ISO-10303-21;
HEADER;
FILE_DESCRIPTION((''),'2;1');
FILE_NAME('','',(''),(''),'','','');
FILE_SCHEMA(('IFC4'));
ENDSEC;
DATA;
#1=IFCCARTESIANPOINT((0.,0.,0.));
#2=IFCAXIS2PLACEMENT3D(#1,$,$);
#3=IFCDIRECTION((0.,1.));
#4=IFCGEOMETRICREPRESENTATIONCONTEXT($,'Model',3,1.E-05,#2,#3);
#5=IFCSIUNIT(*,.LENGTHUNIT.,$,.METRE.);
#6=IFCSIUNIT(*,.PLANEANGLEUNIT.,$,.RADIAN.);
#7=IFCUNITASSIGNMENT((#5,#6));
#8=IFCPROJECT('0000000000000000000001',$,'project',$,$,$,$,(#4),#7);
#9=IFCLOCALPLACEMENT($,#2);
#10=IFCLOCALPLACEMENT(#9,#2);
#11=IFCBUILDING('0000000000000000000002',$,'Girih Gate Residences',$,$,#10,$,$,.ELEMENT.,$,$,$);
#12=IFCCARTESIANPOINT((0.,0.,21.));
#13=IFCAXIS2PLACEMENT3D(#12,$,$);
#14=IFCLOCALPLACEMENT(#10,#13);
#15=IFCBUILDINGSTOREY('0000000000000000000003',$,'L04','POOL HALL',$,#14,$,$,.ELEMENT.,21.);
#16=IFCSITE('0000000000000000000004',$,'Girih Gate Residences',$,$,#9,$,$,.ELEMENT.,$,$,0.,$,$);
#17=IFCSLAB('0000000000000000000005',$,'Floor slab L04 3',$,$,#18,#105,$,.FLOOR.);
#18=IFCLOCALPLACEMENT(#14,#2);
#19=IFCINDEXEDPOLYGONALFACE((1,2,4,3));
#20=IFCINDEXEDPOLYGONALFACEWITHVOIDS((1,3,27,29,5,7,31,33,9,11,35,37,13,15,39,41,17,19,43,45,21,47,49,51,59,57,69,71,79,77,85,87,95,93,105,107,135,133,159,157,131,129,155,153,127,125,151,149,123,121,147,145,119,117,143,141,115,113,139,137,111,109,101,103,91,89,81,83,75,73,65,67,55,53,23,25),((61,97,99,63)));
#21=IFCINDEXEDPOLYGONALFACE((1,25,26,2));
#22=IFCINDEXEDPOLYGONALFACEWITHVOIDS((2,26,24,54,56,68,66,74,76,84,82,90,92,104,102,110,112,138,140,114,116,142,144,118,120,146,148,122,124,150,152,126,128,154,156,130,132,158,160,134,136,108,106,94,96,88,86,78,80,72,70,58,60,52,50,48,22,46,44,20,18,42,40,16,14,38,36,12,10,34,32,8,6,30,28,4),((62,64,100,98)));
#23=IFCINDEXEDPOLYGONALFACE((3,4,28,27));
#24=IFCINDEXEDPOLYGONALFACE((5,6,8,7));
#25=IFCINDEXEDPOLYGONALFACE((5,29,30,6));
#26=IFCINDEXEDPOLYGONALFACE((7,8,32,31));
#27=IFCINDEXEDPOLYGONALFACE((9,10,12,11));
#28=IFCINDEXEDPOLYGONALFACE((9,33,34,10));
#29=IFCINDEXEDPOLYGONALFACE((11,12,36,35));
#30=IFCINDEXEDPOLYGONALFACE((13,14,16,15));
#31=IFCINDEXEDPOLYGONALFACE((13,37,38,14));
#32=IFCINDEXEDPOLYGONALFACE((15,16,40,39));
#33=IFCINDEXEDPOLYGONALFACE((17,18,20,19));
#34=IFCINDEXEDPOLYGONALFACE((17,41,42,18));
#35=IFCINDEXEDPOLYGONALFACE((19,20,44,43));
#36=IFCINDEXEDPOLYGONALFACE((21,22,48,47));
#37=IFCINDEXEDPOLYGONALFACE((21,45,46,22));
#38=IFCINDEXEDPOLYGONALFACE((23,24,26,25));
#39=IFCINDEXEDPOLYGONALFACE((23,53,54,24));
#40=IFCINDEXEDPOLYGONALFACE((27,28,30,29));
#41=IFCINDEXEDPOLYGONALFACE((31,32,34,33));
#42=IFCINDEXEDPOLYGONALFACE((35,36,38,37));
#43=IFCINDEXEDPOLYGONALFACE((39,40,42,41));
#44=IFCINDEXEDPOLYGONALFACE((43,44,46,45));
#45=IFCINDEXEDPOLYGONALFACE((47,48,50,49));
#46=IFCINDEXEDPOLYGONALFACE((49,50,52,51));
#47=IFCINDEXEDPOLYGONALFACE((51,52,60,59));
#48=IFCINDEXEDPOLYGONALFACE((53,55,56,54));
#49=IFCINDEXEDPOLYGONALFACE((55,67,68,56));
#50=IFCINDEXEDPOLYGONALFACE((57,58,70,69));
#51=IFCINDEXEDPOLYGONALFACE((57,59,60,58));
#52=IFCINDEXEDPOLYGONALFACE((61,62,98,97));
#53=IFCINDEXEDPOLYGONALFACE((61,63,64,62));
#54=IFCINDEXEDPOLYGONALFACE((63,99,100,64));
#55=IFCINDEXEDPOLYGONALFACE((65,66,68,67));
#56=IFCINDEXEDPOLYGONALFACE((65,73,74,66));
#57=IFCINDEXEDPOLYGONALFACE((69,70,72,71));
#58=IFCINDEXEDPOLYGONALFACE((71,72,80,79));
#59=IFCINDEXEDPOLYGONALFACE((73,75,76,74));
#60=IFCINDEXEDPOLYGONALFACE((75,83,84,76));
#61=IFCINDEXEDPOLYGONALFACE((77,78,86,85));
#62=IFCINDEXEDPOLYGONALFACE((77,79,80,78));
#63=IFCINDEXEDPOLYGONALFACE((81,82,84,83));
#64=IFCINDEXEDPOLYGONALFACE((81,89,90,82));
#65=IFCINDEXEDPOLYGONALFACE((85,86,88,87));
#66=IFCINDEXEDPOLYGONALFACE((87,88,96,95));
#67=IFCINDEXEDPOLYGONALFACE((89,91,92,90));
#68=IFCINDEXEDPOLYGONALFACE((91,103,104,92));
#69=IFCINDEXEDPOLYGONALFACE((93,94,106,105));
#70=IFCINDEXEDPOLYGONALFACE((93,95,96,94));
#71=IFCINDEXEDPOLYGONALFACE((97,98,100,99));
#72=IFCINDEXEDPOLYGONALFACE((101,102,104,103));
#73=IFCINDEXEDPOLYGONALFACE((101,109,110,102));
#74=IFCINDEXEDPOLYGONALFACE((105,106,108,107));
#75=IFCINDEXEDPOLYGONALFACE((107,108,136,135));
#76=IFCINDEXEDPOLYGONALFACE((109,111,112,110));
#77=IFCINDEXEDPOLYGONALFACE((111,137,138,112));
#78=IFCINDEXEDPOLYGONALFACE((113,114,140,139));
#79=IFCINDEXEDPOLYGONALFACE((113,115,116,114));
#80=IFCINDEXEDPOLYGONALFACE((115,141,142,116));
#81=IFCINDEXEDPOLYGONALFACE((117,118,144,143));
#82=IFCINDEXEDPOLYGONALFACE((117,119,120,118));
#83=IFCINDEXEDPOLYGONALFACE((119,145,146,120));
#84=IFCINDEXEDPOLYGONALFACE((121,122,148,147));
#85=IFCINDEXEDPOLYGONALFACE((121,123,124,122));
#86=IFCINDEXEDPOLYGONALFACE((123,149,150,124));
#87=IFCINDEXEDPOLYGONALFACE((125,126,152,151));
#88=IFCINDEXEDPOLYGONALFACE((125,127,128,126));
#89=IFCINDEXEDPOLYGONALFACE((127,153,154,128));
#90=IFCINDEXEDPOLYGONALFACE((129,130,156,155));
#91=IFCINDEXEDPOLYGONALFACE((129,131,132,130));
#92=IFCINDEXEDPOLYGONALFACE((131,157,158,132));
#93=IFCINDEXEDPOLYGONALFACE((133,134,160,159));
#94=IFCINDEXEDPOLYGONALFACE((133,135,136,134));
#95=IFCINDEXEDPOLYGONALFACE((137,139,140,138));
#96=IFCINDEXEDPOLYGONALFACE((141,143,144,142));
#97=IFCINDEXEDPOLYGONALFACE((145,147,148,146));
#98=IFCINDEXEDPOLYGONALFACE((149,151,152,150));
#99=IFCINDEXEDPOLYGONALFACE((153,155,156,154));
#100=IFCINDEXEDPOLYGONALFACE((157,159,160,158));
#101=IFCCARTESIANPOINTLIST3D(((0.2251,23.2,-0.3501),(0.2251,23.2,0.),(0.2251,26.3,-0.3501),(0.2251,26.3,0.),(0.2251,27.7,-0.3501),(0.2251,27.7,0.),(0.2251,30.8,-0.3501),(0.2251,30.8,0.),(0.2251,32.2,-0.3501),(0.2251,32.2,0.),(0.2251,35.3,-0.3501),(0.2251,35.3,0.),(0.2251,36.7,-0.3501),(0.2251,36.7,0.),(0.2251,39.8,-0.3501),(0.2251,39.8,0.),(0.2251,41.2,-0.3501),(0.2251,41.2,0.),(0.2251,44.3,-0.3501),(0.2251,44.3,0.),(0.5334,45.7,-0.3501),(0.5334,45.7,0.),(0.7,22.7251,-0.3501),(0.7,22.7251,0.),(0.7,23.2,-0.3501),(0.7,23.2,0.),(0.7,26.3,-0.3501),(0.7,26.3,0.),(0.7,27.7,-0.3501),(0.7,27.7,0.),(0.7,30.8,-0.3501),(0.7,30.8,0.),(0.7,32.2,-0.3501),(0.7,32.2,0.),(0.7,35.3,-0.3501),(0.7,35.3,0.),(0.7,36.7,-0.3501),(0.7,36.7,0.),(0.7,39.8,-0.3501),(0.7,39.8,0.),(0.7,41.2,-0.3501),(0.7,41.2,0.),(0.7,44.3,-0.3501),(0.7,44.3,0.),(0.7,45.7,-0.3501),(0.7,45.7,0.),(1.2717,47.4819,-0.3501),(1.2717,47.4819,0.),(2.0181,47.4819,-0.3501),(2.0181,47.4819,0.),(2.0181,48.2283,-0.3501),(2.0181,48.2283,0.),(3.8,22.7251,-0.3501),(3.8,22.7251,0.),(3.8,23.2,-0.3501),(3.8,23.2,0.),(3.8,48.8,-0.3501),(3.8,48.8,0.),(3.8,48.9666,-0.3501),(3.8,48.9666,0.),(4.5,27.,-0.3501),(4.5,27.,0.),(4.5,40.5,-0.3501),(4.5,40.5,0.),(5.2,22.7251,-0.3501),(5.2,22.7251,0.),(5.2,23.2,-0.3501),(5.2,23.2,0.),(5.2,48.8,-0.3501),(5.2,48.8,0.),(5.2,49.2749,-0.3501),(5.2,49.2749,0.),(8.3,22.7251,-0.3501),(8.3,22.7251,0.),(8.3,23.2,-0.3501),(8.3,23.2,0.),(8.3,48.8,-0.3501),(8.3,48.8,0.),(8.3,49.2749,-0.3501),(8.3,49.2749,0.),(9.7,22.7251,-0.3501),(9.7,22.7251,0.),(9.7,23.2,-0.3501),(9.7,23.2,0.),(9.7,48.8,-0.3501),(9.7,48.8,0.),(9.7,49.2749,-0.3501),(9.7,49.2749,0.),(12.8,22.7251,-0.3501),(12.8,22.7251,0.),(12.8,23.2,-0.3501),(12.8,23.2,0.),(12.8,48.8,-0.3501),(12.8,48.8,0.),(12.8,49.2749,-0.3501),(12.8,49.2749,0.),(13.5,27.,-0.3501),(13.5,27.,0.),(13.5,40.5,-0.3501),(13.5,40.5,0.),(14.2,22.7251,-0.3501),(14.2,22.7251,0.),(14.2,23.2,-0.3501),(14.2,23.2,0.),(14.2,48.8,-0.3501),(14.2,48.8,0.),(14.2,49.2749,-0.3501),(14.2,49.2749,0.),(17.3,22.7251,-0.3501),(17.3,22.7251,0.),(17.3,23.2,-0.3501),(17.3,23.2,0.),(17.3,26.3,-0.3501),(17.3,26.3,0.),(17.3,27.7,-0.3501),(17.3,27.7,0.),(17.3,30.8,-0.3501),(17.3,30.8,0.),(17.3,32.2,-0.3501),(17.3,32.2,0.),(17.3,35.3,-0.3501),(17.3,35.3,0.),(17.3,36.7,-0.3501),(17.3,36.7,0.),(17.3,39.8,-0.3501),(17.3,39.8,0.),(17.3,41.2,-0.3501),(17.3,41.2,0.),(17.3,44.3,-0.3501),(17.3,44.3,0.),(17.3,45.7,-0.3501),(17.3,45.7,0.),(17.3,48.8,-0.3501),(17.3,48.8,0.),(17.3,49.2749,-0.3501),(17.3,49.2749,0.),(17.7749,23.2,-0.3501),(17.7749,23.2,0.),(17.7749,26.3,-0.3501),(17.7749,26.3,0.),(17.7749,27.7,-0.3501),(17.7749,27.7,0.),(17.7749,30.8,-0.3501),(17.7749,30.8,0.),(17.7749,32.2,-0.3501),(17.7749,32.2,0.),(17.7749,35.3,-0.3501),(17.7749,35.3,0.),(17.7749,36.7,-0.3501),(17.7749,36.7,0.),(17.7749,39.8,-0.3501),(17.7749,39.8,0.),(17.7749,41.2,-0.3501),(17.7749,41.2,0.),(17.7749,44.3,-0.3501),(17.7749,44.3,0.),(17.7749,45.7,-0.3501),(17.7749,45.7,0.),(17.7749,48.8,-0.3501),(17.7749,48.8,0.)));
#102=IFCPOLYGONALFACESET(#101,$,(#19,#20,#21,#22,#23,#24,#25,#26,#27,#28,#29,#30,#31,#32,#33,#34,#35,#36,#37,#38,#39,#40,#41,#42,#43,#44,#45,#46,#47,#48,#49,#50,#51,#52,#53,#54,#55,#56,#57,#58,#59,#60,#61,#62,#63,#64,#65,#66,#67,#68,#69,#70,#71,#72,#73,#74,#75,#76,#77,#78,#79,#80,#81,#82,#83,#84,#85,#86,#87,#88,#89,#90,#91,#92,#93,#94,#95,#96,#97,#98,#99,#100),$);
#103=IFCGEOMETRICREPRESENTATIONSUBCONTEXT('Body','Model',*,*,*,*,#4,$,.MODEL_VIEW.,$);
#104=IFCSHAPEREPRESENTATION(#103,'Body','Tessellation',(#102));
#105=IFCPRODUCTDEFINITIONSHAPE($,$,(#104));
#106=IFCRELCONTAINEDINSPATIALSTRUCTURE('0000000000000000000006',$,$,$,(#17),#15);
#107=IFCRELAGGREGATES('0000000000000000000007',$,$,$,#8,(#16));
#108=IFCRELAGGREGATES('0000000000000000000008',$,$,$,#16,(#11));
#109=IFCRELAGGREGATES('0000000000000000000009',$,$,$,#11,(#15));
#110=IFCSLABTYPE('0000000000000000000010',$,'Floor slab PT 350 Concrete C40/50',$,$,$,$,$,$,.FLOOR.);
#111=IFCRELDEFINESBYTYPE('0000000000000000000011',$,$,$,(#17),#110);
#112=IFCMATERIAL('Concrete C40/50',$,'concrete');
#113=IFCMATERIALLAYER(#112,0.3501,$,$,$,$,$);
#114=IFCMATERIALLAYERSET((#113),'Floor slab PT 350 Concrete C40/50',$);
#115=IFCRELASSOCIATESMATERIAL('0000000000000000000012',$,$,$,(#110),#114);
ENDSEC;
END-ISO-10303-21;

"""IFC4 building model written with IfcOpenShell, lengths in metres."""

from ifc_helpers import new_model, si_unit, direction, frame, origin, place, context, subcontext, project, spatial, polyline, outline, extrude, material, layer, layer_set, type_object, element, save


model = new_model("IFC4")

# Units and contexts
model_context = context("Model", 3, precision=1e-05, world=origin(), true_north=direction((0.0, 1.0)))
body_context = subcontext(model_context, "Body", "Model", "MODEL_VIEW")
ifc_project = project(units=[si_unit("LENGTHUNIT", "METRE"), si_unit("PLANEANGLEUNIT", "RADIAN")], contexts=[model_context])

# Site, building, storey
site_placement = place(None, origin())
site = spatial("IfcSite", under=ifc_project, at=site_placement, Name="Girih Gate Residences", CompositionType="ELEMENT", RefElevation=0.0)
building_placement = place(site_placement, origin())
building = spatial("IfcBuilding", under=site, at=building_placement, Name="Girih Gate Residences", CompositionType="ELEMENT")
storey_placement = place(building_placement, frame((0.0, 0.0, 21.0)))
storey = spatial("IfcBuildingStorey", under=building, at=storey_placement, Name="L04", Description="POOL HALL", CompositionType="ELEMENT", Elevation=21.0)

# Slab
ifc_material = material(Name="Concrete C40/50", Category="concrete")
ifc_layer_1 = layer(ifc_material, 0.3501)
ifc_layer_set_1 = layer_set([ifc_layer_1], Name="Floor slab PT 350 Concrete C40/50")
slab_type_1 = type_object("IfcSlabType", Name="Floor slab PT 350 Concrete C40/50", PredefinedType="FLOOR", material=ifc_layer_set_1)
slab_1_placement = place(storey_placement, frame((0.0, 0.0, -0.3501)))
element("IfcSlab", 1, at=slab_1_placement, inside=storey, type_object=slab_type_1, Name="Floor slab L04 3", PredefinedType="FLOOR", context=body_context, shape_type="SweptSolid", body=[
    extrude(outline(polyline([(0.2251, 26.3), (0.2251, 23.2), (0.7, 23.2), (0.7, 22.7251), (3.8, 22.7251), (3.8, 23.2), (5.2, 23.2), (5.2, 22.7251), (8.3, 22.7251), (8.3, 23.2), (9.7, 23.2), (9.7, 22.7251), (12.8, 22.7251), (12.8, 23.2), (14.2, 23.2), (14.2, 22.7251), (17.3, 22.7251), (17.3, 23.2), (17.7749, 23.2), (17.7749, 26.3), (17.3, 26.3), (17.3, 27.7), (17.7749, 27.7), (17.7749, 30.8), (17.3, 30.8), (17.3, 32.2), (17.7749, 32.2), (17.7749, 35.3), (17.3, 35.3), (17.3, 36.7), (17.7749, 36.7), (17.7749, 39.8), (17.3, 39.8), (17.3, 41.2), (17.7749, 41.2), (17.7749, 44.3), (17.3, 44.3), (17.3, 45.7), (17.7749, 45.7), (17.7749, 48.8), (17.3, 48.8), (17.3, 49.2749), (14.2, 49.2749), (14.2, 48.8), (12.8, 48.8), (12.8, 49.2749), (9.7, 49.2749), (9.7, 48.8), (8.3, 48.8), (8.3, 49.2749), (5.2, 49.2749), (5.2, 48.8), (3.8, 48.8), (3.8, 48.9666), (2.0181, 48.2283), (2.0181, 47.4819), (1.2717, 47.4819), (0.5334, 45.7), (0.7, 45.7), (0.7, 44.3), (0.2251, 44.3), (0.2251, 41.2), (0.7, 41.2), (0.7, 39.8), (0.2251, 39.8), (0.2251, 36.7), (0.7, 36.7), (0.7, 35.3), (0.2251, 35.3), (0.2251, 32.2), (0.7, 32.2), (0.7, 30.8), (0.2251, 30.8), (0.2251, 27.7), (0.7, 27.7), (0.7, 26.3), (0.2251, 26.3)]), holes=[polyline([(13.5, 40.5), (13.5, 27.0), (4.5, 27.0), (4.5, 40.5), (13.5, 40.5)])]), origin(), (0.0, 0.0, 1.0), 0.3501),
])

save(model, "model.ifc")
